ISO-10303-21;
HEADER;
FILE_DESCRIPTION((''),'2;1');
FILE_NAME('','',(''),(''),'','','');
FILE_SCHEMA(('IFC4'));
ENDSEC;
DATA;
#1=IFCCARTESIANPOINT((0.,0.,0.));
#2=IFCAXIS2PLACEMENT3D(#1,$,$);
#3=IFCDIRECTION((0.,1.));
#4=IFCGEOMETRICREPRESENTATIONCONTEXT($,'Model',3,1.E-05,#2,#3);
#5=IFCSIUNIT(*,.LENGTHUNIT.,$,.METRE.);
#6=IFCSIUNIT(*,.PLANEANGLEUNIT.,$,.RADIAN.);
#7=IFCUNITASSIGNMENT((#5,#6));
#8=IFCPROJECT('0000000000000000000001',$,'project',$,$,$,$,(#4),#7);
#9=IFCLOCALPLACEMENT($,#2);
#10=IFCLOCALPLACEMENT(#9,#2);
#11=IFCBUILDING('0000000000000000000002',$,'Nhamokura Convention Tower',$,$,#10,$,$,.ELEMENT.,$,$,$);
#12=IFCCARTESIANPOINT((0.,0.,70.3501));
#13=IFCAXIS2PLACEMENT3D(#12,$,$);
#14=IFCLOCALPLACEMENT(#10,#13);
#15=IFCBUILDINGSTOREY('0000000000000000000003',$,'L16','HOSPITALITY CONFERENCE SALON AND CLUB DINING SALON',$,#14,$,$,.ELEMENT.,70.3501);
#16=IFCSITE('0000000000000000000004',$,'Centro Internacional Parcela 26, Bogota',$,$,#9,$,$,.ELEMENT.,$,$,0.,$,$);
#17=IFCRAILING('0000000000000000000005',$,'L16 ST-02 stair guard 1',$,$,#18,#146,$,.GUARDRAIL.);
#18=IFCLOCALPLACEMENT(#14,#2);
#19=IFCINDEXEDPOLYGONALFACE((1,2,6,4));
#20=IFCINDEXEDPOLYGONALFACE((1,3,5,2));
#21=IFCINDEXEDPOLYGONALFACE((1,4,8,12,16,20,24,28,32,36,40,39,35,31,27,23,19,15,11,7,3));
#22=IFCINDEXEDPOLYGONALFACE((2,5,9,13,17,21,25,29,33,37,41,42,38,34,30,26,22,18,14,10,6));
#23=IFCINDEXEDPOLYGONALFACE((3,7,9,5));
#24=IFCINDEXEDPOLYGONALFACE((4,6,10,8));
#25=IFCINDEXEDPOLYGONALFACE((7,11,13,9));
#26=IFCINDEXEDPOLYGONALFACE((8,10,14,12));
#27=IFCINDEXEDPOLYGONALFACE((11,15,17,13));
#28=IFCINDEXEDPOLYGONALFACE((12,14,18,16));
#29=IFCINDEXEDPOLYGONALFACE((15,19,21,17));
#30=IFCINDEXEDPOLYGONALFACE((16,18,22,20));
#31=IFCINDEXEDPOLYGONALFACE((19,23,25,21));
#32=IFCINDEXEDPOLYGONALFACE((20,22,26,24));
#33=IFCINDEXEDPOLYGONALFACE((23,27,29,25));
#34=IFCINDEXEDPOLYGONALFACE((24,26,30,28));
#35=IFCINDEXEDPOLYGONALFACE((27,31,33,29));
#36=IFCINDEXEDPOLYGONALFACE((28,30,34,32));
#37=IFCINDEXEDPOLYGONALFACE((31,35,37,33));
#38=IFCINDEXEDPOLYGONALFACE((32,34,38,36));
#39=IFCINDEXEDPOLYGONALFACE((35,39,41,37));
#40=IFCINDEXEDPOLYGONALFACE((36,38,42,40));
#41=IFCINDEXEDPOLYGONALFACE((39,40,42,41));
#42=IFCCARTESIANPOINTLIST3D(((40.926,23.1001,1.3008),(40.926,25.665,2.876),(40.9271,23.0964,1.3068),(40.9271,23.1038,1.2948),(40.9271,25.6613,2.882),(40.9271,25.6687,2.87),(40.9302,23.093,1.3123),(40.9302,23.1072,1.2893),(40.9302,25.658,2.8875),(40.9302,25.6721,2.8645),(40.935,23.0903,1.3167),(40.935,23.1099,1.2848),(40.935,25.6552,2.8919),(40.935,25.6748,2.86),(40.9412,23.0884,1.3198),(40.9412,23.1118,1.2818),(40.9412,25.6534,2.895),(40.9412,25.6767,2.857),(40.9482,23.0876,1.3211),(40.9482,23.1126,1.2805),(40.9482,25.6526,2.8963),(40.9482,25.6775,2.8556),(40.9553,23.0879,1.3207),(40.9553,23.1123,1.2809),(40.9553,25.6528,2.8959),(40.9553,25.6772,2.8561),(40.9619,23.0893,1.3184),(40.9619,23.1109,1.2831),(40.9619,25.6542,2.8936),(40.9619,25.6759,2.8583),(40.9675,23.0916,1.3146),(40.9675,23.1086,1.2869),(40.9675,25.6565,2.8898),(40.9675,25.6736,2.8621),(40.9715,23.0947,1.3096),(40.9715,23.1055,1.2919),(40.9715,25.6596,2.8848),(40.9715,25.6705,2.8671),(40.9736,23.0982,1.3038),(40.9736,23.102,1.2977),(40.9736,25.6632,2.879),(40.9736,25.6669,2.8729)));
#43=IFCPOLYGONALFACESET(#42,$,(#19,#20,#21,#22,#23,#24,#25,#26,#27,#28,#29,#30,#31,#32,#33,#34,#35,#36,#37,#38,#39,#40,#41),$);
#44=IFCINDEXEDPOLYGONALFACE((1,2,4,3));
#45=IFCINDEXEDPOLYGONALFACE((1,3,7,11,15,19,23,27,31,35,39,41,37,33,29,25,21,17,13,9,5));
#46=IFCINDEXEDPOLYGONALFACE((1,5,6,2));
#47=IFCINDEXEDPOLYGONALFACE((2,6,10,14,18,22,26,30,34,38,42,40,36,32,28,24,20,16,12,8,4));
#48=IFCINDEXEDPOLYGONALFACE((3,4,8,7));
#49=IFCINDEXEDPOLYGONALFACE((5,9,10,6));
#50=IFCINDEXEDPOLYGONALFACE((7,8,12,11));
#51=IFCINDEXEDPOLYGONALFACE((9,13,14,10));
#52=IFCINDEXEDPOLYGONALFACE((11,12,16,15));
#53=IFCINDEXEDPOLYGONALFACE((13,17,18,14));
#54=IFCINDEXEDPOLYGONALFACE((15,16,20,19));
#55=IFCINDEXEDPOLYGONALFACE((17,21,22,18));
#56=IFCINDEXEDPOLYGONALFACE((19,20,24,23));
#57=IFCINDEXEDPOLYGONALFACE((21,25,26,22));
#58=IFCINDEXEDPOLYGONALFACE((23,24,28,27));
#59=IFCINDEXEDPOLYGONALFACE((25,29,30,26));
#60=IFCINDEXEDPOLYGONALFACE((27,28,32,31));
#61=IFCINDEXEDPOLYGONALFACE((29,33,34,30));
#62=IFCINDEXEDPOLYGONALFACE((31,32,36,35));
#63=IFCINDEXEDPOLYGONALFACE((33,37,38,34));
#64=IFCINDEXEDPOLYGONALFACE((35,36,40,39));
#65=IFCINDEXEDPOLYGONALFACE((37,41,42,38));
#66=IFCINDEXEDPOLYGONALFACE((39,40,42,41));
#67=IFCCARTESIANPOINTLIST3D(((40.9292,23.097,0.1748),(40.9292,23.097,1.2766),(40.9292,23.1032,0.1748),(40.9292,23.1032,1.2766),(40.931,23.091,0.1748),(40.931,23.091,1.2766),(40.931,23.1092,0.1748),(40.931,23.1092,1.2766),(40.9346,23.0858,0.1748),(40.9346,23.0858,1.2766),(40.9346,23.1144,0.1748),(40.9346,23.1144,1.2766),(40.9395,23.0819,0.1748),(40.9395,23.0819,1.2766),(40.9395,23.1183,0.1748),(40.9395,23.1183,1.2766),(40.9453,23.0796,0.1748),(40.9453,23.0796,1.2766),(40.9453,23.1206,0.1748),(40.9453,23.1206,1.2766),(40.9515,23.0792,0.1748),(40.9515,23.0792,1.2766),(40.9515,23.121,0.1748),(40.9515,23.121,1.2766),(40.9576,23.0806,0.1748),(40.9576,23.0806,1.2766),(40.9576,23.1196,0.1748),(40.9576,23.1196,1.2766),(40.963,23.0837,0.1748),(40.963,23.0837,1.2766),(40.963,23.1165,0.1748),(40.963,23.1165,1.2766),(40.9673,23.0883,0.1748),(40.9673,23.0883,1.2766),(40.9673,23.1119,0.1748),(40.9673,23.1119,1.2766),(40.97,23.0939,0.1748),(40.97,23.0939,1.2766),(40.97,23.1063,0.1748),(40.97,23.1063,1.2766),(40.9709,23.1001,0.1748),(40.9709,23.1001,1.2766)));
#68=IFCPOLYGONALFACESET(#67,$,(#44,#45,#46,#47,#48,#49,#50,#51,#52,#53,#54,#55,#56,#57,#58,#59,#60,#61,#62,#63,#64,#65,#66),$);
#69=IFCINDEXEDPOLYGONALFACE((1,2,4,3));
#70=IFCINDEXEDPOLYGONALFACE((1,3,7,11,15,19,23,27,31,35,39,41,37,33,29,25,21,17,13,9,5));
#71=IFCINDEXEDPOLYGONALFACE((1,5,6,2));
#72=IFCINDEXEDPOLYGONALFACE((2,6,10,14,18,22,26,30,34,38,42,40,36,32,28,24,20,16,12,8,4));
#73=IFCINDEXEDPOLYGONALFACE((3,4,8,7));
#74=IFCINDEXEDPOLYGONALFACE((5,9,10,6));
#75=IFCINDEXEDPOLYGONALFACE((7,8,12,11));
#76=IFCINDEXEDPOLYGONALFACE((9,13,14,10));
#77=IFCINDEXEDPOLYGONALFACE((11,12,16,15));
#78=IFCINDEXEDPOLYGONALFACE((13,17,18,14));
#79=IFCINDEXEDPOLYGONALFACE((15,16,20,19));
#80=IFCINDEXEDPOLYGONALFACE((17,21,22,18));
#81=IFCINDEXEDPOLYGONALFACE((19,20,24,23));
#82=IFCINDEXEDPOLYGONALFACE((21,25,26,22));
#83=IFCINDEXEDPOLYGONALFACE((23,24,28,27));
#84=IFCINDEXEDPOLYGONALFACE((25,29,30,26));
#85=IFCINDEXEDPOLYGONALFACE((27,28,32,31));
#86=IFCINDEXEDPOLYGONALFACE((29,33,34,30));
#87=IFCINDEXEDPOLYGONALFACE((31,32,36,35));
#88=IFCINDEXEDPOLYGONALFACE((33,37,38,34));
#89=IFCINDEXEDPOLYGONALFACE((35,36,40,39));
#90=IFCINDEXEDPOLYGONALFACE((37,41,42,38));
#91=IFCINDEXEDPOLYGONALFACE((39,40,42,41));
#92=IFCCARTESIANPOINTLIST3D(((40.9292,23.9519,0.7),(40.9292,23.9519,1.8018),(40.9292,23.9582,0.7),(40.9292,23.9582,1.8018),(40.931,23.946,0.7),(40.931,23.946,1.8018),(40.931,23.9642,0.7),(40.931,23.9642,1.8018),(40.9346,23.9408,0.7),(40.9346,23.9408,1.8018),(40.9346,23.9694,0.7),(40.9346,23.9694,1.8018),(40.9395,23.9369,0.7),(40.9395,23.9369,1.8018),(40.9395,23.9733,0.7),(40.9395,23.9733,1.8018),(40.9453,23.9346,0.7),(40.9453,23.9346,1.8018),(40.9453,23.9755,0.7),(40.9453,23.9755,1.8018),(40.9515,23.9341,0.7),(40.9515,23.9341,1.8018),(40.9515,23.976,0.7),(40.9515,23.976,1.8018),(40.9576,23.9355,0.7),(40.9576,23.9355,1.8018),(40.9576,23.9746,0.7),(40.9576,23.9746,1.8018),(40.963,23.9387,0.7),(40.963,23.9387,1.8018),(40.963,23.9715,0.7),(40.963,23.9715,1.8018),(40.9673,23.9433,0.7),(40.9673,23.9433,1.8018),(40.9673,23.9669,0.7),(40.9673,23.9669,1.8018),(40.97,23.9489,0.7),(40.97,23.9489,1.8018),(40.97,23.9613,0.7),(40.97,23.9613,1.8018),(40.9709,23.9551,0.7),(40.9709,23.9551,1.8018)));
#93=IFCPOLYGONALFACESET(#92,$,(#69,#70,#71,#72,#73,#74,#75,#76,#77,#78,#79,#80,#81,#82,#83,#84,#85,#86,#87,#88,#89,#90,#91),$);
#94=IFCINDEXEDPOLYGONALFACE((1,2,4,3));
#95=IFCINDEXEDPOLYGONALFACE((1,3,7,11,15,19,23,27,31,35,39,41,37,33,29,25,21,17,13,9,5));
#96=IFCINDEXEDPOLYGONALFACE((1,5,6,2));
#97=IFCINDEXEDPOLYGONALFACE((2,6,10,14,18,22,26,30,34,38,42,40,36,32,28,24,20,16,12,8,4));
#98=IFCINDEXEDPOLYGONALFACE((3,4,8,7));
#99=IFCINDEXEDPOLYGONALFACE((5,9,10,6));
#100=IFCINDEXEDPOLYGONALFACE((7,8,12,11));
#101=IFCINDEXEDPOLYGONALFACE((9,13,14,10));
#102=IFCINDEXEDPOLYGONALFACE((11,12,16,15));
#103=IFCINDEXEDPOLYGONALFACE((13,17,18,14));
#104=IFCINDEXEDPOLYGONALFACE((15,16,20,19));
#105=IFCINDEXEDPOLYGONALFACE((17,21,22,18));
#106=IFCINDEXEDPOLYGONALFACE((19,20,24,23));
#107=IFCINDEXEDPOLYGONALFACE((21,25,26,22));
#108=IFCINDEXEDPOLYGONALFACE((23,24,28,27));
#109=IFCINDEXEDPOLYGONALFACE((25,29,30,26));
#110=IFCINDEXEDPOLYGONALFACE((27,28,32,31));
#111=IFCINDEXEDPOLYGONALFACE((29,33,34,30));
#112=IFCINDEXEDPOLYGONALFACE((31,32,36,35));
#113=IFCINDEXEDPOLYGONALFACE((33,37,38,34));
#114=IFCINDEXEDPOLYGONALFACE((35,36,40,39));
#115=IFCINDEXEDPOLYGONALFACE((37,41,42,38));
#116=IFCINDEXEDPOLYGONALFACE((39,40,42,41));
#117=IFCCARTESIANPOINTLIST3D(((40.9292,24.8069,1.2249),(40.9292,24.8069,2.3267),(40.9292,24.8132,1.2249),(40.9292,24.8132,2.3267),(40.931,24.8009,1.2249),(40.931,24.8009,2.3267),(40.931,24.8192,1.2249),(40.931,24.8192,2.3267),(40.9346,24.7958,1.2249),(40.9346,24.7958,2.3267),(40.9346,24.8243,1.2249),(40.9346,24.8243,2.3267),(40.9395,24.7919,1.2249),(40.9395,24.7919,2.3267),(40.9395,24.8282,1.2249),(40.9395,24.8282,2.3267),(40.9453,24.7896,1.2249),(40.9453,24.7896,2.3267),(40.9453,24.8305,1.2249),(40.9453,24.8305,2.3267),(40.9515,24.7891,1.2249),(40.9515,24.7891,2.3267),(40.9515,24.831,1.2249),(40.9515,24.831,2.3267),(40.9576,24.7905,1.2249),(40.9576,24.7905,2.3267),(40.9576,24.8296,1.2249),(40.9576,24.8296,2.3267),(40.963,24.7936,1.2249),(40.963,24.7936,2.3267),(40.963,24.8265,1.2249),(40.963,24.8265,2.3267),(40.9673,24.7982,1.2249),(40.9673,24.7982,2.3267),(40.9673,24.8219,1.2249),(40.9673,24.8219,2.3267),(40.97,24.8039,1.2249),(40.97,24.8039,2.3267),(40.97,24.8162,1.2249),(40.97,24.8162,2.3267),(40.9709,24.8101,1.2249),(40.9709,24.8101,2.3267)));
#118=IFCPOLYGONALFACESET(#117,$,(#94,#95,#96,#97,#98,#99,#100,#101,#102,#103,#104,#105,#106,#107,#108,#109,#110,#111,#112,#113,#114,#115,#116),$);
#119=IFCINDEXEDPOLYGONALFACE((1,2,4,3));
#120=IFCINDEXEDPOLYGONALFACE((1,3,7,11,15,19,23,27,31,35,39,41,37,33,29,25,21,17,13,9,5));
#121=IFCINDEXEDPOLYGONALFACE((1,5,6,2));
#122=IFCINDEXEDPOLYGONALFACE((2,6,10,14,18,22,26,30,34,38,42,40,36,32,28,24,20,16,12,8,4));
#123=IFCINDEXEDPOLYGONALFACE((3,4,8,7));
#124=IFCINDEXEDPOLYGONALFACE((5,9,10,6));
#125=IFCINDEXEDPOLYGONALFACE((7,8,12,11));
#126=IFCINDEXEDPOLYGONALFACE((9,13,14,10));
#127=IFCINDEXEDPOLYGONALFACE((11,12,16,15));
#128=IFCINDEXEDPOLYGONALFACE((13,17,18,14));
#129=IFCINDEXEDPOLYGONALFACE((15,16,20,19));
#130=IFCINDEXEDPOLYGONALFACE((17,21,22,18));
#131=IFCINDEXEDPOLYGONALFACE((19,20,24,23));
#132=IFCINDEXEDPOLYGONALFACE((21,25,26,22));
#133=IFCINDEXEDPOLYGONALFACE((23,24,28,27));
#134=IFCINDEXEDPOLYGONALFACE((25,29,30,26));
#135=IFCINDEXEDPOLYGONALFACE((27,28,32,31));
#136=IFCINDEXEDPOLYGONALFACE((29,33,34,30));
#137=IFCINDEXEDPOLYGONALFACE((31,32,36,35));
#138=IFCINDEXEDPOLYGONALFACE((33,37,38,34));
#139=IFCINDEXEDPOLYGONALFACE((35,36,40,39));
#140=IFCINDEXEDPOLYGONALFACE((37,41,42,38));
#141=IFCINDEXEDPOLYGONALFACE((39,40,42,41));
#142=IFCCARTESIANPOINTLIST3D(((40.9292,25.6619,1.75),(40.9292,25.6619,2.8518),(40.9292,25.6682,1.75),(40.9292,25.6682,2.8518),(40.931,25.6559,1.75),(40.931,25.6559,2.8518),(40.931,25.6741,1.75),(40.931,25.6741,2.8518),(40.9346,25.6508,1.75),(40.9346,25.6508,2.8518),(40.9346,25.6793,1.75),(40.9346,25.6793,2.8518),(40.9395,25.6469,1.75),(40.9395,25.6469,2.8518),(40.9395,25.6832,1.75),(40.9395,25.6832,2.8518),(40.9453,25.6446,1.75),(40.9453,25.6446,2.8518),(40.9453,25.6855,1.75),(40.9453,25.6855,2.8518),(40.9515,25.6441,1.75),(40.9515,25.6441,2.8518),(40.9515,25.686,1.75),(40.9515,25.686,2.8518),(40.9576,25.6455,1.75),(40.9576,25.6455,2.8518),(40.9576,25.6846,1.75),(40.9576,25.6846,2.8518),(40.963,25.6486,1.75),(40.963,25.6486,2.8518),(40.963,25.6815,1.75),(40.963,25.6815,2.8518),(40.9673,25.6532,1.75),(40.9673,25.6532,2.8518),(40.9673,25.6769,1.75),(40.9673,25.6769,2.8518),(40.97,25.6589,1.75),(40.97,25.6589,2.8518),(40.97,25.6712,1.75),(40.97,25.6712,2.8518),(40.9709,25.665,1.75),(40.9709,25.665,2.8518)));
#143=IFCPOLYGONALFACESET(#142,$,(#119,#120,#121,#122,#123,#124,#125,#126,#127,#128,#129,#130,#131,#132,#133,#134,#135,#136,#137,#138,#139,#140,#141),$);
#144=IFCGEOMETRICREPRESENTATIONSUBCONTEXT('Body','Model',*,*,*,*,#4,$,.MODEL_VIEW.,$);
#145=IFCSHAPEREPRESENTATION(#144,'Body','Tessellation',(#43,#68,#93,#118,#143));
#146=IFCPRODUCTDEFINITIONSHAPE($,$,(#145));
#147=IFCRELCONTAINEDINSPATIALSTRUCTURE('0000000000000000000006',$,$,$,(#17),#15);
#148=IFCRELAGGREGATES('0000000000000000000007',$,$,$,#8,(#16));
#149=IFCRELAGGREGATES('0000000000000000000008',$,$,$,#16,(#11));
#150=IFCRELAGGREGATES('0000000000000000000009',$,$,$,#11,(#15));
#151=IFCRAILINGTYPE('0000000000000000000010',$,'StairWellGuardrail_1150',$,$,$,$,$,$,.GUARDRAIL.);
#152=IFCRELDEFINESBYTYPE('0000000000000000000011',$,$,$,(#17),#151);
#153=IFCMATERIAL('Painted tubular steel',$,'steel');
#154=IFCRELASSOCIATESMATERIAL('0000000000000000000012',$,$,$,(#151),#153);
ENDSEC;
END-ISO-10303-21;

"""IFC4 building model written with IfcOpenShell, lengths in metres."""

from ifc_helpers import new_model, si_unit, direction, frame, origin, origin_2d, place, context, subcontext, project, spatial, circle, extrude, material, type_object, element, save


model = new_model("IFC4")

# Units and contexts
model_context = context("Model", 3, precision=1e-05, world=origin(), true_north=direction((0.0, 1.0)))
body_context = subcontext(model_context, "Body", "Model", "MODEL_VIEW")
ifc_project = project(units=[si_unit("LENGTHUNIT", "METRE"), si_unit("PLANEANGLEUNIT", "RADIAN")], contexts=[model_context])

# Site, building, storey
site_placement = place(None, origin())
site = spatial("IfcSite", under=ifc_project, at=site_placement, Name="Centro Internacional Parcela 26, Bogota", CompositionType="ELEMENT", RefElevation=0.0)
building_placement = place(site_placement, origin())
building = spatial("IfcBuilding", under=site, at=building_placement, Name="Nhamokura Convention Tower", CompositionType="ELEMENT")
storey_placement = place(building_placement, frame((0.0, 0.0, 70.3501)))
storey = spatial("IfcBuildingStorey", under=building, at=storey_placement, Name="L16", Description="HOSPITALITY CONFERENCE SALON AND CLUB DINING SALON", CompositionType="ELEMENT", Elevation=70.3501)

# Railing
ifc_material_1 = material(Name="Painted tubular steel", Category="steel")
railing_type_1 = type_object("IfcRailingType", Name="StairWellGuardrail_1150", PredefinedType="GUARDRAIL", material=ifc_material_1)
railing_1_placement = place(storey_placement, frame((40.95, 23.1001, 0.1748)))
element("IfcRailing", 1, at=railing_1_placement, inside=storey, type_object=railing_type_1, Name="L16 ST-02 stair guard 1", PredefinedType="GUARDRAIL", context=body_context, shape_type="SweptSolid", body=[
    extrude(circle(Radius=0.0239, at=origin_2d()), frame((0.0, 0.0, 1.126), z_axis=(0.0, 0.852137, 0.523319), x_axis=(-1.0, 0.0, 0.0)), (0.0, 0.0, 1.0), 3.01),
    extrude(circle(Radius=0.021, at=origin_2d()), origin(), (0.0, 0.0, 1.0), 1.1018),
    extrude(circle(Radius=0.021, at=origin_2d()), frame((0.0, 0.855, 0.5251)), (0.0, 0.0, 1.0), 1.1018),
    extrude(circle(Radius=0.021, at=origin_2d()), frame((0.0, 1.71, 1.05)), (0.0, 0.0, 1.0), 1.1018),
    extrude(circle(Radius=0.021, at=origin_2d()), frame((0.0, 2.5649, 1.5752)), (0.0, 0.0, 1.0), 1.1018),
])

save(model, "model.ifc")
